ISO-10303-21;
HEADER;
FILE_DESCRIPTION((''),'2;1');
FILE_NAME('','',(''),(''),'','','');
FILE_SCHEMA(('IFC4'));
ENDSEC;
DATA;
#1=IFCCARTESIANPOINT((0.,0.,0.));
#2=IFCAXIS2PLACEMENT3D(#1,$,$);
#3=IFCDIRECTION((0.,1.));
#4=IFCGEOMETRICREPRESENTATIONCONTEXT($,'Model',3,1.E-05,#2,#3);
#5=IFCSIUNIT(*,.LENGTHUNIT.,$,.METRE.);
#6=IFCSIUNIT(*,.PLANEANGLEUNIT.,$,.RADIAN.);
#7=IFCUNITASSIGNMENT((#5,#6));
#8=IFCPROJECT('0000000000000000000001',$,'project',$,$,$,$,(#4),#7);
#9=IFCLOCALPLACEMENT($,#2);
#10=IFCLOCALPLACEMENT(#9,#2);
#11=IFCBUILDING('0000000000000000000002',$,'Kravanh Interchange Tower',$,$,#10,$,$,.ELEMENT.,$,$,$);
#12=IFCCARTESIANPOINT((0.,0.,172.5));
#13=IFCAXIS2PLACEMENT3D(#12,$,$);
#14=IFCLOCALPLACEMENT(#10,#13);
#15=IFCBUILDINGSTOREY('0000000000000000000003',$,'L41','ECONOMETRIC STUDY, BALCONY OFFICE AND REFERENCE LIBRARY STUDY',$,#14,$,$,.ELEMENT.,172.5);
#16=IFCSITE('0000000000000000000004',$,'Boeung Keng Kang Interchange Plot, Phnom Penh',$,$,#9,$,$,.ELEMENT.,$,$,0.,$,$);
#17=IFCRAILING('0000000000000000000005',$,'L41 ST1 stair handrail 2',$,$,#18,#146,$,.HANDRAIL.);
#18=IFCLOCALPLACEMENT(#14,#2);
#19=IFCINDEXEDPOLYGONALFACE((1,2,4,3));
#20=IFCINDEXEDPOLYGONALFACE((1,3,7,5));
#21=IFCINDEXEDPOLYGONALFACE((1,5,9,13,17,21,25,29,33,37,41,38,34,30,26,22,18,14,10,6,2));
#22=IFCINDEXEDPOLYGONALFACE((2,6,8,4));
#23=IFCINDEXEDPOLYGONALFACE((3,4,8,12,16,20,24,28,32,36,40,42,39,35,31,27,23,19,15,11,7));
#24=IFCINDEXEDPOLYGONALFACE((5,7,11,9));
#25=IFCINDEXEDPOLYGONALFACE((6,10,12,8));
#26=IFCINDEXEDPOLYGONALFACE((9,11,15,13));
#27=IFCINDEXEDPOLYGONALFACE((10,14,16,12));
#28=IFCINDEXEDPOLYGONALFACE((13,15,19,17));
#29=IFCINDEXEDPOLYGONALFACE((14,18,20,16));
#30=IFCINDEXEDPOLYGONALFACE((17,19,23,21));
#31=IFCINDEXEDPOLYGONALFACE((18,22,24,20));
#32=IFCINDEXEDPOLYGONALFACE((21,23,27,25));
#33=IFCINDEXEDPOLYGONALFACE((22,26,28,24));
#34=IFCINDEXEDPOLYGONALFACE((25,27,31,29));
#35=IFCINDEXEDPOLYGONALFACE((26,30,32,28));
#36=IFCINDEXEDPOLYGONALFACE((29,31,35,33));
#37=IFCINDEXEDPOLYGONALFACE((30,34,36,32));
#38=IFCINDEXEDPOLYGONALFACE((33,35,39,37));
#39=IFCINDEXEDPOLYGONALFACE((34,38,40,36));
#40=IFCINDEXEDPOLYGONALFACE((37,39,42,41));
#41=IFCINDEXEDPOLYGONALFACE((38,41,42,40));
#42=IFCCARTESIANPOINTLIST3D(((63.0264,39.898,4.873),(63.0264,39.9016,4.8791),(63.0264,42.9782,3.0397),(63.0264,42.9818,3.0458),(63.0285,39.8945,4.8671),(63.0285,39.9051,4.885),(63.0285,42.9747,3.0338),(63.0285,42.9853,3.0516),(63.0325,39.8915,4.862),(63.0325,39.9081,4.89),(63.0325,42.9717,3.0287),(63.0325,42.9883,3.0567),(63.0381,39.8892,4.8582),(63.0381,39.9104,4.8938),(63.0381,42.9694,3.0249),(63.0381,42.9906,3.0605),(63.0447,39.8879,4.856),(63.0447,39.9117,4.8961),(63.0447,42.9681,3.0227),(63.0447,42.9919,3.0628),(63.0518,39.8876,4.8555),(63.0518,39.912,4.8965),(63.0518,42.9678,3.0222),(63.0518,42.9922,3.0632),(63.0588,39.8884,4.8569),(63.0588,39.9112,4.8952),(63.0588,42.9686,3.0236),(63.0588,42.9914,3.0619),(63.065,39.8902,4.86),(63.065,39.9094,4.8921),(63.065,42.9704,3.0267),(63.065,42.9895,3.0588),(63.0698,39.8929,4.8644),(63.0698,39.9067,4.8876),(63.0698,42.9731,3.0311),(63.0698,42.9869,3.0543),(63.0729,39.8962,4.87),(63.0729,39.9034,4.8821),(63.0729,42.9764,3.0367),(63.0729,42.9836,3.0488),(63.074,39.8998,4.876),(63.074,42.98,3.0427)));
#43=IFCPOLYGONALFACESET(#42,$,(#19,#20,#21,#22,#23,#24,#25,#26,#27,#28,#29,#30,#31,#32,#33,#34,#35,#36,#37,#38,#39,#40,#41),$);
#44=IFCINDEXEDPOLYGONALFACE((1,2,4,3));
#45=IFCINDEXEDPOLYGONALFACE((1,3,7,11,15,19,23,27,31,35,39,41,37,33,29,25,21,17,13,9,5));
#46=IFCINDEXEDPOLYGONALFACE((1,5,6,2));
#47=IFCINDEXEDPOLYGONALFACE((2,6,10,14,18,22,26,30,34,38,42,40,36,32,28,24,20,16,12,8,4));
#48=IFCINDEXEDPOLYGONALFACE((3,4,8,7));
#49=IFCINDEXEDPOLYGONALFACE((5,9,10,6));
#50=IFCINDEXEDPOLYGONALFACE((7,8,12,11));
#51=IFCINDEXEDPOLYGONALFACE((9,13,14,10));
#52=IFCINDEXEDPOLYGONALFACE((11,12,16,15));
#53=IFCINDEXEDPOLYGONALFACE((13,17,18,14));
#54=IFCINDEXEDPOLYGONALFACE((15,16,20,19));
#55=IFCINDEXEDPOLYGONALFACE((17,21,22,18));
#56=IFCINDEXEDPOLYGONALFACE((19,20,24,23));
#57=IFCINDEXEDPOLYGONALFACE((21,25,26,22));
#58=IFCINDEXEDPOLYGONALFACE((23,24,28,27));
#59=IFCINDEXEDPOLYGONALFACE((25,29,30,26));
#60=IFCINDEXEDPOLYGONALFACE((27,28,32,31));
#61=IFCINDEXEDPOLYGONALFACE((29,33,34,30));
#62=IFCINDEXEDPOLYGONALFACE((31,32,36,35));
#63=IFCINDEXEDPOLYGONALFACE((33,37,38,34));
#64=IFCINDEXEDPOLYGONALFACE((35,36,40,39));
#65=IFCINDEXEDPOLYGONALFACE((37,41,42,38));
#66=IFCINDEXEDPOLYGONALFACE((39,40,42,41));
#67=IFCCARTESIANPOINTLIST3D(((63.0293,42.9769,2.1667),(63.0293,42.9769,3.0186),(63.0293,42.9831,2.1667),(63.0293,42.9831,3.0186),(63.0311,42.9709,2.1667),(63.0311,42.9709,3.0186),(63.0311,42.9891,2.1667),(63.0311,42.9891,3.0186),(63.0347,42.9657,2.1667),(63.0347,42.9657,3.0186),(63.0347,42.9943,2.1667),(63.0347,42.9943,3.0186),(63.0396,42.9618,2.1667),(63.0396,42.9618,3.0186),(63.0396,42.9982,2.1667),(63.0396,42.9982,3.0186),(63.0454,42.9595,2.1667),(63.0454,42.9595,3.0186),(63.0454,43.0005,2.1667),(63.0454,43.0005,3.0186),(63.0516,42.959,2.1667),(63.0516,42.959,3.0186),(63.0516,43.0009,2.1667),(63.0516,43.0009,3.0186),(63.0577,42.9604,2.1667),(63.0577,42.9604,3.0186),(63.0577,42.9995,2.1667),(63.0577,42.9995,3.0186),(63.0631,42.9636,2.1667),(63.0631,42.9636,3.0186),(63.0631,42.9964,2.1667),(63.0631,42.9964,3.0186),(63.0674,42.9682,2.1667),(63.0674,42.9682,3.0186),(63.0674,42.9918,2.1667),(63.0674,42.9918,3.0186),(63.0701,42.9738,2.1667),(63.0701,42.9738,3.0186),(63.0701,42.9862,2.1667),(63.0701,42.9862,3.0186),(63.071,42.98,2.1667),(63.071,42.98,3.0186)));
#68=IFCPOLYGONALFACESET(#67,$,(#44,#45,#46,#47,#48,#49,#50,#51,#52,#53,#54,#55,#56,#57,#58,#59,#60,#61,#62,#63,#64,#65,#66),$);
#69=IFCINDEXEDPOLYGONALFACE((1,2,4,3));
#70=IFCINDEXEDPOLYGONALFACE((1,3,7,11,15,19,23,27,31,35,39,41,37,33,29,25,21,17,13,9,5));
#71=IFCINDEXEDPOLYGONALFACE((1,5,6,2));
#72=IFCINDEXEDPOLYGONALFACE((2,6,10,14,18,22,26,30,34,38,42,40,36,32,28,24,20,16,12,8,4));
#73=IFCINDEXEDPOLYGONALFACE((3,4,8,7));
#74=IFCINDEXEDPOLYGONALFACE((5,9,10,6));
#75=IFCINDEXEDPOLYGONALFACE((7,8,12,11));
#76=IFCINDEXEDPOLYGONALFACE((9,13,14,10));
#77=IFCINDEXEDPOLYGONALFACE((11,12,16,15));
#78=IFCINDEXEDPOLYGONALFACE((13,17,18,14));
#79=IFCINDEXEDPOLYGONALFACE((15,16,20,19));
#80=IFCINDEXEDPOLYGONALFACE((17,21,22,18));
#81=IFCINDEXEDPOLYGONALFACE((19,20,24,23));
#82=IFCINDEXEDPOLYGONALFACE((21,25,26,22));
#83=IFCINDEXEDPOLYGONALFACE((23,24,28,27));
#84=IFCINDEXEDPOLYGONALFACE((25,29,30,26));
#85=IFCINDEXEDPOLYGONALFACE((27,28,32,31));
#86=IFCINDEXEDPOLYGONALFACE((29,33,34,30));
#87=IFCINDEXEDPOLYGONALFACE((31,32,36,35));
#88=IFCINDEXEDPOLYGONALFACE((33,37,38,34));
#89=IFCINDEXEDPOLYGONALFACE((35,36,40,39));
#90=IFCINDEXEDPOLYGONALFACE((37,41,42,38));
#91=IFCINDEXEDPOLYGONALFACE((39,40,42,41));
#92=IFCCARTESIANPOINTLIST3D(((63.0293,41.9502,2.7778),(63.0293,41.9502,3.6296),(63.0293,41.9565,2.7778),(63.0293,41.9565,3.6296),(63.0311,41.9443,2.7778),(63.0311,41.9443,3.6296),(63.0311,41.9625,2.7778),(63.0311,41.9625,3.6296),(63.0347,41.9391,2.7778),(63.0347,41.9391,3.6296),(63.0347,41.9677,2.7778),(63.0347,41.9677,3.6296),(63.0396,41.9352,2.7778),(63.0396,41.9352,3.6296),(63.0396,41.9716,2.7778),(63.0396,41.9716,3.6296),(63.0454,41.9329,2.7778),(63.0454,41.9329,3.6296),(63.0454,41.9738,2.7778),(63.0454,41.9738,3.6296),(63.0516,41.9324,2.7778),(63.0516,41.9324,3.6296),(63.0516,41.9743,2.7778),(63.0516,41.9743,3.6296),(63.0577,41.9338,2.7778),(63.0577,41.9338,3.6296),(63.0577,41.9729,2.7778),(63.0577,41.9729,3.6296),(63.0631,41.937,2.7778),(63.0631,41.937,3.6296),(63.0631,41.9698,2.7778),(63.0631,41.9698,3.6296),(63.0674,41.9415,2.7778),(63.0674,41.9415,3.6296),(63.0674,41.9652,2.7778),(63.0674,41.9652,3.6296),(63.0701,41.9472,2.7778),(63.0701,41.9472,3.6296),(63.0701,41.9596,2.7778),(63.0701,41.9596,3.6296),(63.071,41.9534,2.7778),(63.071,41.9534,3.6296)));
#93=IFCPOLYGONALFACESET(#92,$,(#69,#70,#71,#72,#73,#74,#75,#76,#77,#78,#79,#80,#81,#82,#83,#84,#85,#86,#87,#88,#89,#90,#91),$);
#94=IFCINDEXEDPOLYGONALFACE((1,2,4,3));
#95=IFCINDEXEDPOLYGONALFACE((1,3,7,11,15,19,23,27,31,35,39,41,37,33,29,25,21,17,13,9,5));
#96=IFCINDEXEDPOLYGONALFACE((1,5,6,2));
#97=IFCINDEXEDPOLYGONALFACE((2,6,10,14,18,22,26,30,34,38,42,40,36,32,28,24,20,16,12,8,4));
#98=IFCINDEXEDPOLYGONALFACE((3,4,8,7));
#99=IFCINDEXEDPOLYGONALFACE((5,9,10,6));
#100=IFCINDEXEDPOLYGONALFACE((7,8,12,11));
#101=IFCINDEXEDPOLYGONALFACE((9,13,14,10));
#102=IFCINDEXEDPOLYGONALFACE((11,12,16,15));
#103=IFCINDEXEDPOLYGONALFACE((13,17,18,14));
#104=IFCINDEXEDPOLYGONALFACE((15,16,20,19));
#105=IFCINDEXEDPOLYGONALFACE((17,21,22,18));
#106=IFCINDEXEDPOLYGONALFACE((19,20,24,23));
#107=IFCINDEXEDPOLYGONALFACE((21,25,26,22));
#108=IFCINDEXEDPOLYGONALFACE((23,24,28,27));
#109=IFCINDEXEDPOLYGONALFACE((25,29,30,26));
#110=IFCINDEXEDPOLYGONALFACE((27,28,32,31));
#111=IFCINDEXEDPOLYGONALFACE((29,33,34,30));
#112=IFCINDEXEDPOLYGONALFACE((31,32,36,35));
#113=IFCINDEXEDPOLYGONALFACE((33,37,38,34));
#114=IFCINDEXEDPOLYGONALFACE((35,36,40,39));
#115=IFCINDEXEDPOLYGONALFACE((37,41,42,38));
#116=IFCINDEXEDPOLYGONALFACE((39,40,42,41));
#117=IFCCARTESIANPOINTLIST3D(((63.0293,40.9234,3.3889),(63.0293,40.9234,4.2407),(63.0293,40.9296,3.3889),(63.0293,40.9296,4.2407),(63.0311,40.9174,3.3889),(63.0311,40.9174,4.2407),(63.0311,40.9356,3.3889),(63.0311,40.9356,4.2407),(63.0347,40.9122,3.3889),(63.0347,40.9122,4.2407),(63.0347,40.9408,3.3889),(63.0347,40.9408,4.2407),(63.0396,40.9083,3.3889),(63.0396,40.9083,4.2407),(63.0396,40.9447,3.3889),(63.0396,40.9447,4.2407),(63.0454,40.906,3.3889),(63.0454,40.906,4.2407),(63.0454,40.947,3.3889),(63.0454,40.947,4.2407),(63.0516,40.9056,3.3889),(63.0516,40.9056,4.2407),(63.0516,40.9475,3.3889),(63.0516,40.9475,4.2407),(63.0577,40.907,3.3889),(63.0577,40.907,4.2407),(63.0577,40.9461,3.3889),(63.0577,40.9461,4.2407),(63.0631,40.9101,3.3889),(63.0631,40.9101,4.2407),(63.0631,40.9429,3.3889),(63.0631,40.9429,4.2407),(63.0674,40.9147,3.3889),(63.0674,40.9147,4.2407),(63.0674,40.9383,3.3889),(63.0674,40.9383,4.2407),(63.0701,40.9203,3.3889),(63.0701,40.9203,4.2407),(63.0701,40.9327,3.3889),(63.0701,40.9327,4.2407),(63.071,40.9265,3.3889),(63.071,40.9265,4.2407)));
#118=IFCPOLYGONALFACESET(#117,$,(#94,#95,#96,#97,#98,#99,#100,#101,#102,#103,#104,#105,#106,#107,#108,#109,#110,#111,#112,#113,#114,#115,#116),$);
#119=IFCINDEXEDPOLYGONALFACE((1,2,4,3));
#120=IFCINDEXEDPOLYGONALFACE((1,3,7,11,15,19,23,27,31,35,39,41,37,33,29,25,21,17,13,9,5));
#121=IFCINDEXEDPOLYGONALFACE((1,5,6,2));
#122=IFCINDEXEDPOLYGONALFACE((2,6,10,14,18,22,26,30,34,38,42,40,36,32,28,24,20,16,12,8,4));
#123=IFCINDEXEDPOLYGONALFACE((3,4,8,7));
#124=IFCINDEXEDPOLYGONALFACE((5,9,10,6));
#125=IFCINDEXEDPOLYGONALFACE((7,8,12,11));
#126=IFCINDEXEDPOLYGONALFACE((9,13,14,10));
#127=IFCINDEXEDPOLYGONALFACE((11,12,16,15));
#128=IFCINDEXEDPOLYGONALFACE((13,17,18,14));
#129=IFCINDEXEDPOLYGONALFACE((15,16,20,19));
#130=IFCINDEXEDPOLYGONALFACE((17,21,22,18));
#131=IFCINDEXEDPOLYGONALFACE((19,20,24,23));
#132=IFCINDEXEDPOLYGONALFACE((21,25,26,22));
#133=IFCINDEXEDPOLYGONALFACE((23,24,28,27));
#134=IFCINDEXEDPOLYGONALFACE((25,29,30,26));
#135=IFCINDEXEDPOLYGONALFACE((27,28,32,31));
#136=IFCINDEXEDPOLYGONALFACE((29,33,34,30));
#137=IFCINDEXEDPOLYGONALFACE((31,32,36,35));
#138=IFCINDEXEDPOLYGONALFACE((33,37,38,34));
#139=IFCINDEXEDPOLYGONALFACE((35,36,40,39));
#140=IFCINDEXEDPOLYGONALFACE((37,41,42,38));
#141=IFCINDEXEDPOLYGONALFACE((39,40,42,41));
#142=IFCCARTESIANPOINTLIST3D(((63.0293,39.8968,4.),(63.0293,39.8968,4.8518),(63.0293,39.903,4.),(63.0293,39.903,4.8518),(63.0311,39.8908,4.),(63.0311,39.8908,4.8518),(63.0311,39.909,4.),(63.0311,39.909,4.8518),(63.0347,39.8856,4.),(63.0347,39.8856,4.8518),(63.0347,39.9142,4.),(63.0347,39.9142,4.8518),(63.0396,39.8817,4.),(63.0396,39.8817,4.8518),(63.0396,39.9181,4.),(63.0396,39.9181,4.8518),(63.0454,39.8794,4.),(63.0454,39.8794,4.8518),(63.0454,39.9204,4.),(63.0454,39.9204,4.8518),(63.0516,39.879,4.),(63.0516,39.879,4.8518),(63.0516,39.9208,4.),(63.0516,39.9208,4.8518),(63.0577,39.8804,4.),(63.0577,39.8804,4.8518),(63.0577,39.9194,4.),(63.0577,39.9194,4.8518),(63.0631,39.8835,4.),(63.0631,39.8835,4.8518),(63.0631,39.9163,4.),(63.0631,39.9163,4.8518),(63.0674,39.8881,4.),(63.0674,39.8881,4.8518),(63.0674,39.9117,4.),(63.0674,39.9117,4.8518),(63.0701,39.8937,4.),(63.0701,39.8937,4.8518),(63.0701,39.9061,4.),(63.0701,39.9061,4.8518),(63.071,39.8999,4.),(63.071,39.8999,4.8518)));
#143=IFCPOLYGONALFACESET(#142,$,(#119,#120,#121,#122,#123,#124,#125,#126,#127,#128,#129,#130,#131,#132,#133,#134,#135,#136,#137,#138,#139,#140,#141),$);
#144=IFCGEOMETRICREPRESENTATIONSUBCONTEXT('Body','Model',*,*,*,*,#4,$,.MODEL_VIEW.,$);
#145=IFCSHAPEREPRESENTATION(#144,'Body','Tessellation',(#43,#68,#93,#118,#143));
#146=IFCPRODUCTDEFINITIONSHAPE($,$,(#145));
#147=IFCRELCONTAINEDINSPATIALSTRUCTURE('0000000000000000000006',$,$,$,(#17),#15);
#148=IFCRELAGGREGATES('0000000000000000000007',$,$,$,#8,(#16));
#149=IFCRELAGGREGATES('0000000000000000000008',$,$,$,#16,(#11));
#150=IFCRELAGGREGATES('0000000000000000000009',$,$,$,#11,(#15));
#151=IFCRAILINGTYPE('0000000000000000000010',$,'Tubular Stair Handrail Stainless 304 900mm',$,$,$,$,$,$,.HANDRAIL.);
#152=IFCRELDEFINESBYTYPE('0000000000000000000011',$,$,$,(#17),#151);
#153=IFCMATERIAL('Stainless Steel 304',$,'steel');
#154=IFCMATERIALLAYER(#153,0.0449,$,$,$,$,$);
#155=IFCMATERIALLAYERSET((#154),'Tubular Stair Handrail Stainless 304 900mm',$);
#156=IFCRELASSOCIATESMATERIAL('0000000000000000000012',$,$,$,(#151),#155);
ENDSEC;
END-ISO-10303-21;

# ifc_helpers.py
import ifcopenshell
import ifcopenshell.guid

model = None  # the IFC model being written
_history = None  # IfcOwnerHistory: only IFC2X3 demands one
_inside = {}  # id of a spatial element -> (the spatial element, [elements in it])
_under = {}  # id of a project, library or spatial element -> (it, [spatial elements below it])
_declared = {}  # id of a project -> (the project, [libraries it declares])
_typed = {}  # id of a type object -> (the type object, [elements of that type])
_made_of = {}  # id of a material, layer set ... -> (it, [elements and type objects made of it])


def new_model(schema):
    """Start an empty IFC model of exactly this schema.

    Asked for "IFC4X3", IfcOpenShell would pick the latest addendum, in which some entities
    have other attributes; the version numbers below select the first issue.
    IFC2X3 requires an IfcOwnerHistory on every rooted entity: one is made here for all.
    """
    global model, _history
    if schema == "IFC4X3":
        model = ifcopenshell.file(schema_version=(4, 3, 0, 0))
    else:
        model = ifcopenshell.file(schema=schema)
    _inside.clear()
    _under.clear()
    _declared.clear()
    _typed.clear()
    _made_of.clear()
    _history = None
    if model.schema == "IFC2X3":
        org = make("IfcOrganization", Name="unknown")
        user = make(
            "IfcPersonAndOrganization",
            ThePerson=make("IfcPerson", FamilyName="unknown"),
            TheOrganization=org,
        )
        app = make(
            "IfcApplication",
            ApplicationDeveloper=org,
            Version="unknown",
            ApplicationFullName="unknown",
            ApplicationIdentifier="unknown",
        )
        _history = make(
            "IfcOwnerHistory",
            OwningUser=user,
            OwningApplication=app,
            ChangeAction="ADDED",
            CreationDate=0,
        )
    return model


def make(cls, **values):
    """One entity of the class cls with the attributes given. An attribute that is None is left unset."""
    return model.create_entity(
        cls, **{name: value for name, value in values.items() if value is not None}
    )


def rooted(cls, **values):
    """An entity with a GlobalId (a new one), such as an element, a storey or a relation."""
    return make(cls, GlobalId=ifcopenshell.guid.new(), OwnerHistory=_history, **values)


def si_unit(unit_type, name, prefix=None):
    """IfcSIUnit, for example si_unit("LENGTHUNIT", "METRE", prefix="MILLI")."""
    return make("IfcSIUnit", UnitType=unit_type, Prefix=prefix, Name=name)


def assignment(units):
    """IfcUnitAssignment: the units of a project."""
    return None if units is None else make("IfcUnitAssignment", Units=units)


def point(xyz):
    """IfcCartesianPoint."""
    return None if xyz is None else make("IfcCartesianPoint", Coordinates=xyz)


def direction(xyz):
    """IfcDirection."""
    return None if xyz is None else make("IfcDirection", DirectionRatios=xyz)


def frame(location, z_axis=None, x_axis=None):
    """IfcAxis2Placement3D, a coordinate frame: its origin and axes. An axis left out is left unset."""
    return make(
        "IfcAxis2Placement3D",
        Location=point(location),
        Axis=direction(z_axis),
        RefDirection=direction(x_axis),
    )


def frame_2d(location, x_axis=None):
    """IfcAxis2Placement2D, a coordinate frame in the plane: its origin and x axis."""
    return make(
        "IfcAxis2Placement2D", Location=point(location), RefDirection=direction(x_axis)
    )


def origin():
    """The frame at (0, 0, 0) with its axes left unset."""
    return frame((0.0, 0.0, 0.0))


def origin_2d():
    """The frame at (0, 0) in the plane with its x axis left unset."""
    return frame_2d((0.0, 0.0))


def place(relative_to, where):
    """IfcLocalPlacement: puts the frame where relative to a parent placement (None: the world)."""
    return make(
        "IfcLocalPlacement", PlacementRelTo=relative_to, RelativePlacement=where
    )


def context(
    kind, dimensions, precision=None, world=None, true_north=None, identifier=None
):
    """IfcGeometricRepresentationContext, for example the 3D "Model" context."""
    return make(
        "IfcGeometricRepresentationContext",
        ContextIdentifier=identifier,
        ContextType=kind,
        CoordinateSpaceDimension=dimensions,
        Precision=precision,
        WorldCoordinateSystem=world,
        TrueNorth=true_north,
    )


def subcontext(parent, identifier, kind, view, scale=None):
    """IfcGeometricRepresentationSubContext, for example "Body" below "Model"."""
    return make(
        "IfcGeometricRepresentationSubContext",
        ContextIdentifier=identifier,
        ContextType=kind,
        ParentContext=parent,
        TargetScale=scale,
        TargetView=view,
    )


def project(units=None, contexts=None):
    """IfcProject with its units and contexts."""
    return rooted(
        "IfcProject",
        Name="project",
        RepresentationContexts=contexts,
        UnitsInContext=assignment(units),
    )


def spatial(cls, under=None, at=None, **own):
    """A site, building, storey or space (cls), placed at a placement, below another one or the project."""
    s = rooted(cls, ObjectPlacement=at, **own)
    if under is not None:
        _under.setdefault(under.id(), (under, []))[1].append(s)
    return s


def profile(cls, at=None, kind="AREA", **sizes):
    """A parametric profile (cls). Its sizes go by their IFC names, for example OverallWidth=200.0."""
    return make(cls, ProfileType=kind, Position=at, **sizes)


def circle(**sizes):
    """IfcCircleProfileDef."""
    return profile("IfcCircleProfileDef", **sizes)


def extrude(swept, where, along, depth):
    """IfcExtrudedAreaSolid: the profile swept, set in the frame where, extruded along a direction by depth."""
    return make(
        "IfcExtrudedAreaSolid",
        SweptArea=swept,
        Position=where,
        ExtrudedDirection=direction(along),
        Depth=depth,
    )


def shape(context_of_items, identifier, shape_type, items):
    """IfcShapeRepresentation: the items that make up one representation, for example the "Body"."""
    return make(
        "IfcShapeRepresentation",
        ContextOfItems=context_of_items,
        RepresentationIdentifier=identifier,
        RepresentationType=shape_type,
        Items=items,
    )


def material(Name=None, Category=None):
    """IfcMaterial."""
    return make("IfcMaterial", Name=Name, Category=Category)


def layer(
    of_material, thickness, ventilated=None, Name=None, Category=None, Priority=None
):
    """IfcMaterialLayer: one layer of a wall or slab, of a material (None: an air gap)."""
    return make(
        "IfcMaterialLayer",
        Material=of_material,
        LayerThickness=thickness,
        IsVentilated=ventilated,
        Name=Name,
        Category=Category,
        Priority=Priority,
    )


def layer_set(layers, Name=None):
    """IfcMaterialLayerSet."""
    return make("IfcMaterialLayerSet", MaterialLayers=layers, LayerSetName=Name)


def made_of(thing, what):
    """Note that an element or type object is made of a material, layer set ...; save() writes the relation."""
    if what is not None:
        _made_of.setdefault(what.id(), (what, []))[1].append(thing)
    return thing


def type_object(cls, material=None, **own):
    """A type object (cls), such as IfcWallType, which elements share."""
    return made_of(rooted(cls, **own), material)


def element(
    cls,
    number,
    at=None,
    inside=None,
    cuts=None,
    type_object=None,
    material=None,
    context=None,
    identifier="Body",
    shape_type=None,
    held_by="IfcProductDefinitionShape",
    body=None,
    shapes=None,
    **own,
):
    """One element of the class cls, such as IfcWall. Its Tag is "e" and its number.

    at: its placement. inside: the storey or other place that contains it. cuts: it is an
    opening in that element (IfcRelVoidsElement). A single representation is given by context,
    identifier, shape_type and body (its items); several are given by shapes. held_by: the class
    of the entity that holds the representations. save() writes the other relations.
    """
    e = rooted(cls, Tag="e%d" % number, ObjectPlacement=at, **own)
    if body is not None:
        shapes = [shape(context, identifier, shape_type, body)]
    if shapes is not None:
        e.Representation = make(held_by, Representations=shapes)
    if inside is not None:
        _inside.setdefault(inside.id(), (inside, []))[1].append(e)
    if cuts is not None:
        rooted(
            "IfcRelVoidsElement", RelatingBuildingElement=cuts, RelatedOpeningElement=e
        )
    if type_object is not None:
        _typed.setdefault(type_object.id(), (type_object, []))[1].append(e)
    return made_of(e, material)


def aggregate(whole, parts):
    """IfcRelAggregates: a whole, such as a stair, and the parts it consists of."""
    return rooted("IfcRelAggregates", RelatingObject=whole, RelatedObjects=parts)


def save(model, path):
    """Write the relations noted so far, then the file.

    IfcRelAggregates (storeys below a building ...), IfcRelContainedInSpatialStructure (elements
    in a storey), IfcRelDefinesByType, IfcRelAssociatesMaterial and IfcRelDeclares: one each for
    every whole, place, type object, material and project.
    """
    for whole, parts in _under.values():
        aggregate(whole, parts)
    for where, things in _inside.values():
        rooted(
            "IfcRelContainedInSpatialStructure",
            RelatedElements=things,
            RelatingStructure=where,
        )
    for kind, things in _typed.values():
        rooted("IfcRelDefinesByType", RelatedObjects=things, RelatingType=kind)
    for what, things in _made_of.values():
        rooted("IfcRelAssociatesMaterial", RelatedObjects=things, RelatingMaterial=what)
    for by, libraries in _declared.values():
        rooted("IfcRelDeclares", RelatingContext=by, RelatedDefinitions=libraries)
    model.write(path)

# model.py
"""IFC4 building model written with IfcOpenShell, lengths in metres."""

from ifc_helpers import new_model, si_unit, direction, frame, origin, origin_2d, place, context, subcontext, project, spatial, circle, extrude, material, layer, layer_set, type_object, element, save


model = new_model("IFC4")

# Units and contexts
model_context = context("Model", 3, precision=1e-05, world=origin(), true_north=direction((0.0, 1.0)))
body_context = subcontext(model_context, "Body", "Model", "MODEL_VIEW")
ifc_project = project(units=[si_unit("LENGTHUNIT", "METRE"), si_unit("PLANEANGLEUNIT", "RADIAN")], contexts=[model_context])

# Site, building, storey
site_placement = place(None, origin())
site = spatial("IfcSite", under=ifc_project, at=site_placement, Name="Boeung Keng Kang Interchange Plot, Phnom Penh", CompositionType="ELEMENT", RefElevation=0.0)
building_placement = place(site_placement, origin())
building = spatial("IfcBuilding", under=site, at=building_placement, Name="Kravanh Interchange Tower", CompositionType="ELEMENT")
storey_placement = place(building_placement, frame((0.0, 0.0, 172.5)))
storey = spatial("IfcBuildingStorey", under=building, at=storey_placement, Name="L41", Description="ECONOMETRIC STUDY, BALCONY OFFICE AND REFERENCE LIBRARY STUDY", CompositionType="ELEMENT", Elevation=172.5)

# Railing
ifc_material_1 = material(Name="Stainless Steel 304", Category="steel")
ifc_layer_1 = layer(ifc_material_1, 0.0449)
ifc_layer_set_1 = layer_set([ifc_layer_1], Name="Tubular Stair Handrail Stainless 304 900mm")
railing_type_1 = type_object("IfcRailingType", Name="Tubular Stair Handrail Stainless 304 900mm", PredefinedType="HANDRAIL", material=ifc_layer_set_1)
railing_1_placement = place(storey_placement, frame((63.05, 42.98, 2.1667)))
element("IfcRailing", 1, at=railing_1_placement, inside=storey, type_object=railing_type_1, Name="L41 ST1 stair handrail 2", PredefinedType="HANDRAIL", context=body_context, shape_type="SweptSolid", body=[
    extrude(circle(Radius=0.0239, at=origin_2d()), frame((0.0, 0.0, 0.876), z_axis=(0.0, -0.859309, 0.511458), x_axis=(1.0, 0.0, 0.0)), (0.0, 0.0, 1.0), 3.5845),
    extrude(circle(Radius=0.021, at=origin_2d()), origin(), (0.0, 0.0, 1.0), 0.8518),
    extrude(circle(Radius=0.021, at=origin_2d()), frame((0.0, -1.0266, 0.6111)), (0.0, 0.0, 1.0), 0.8518),
    extrude(circle(Radius=0.021, at=origin_2d()), frame((0.0, -2.0535, 1.2222)), (0.0, 0.0, 1.0), 0.8518),
    extrude(circle(Radius=0.021, at=origin_2d()), frame((0.0, -3.0801, 1.8333)), (0.0, 0.0, 1.0), 0.8518),
])

save(model, "model.ifc")
